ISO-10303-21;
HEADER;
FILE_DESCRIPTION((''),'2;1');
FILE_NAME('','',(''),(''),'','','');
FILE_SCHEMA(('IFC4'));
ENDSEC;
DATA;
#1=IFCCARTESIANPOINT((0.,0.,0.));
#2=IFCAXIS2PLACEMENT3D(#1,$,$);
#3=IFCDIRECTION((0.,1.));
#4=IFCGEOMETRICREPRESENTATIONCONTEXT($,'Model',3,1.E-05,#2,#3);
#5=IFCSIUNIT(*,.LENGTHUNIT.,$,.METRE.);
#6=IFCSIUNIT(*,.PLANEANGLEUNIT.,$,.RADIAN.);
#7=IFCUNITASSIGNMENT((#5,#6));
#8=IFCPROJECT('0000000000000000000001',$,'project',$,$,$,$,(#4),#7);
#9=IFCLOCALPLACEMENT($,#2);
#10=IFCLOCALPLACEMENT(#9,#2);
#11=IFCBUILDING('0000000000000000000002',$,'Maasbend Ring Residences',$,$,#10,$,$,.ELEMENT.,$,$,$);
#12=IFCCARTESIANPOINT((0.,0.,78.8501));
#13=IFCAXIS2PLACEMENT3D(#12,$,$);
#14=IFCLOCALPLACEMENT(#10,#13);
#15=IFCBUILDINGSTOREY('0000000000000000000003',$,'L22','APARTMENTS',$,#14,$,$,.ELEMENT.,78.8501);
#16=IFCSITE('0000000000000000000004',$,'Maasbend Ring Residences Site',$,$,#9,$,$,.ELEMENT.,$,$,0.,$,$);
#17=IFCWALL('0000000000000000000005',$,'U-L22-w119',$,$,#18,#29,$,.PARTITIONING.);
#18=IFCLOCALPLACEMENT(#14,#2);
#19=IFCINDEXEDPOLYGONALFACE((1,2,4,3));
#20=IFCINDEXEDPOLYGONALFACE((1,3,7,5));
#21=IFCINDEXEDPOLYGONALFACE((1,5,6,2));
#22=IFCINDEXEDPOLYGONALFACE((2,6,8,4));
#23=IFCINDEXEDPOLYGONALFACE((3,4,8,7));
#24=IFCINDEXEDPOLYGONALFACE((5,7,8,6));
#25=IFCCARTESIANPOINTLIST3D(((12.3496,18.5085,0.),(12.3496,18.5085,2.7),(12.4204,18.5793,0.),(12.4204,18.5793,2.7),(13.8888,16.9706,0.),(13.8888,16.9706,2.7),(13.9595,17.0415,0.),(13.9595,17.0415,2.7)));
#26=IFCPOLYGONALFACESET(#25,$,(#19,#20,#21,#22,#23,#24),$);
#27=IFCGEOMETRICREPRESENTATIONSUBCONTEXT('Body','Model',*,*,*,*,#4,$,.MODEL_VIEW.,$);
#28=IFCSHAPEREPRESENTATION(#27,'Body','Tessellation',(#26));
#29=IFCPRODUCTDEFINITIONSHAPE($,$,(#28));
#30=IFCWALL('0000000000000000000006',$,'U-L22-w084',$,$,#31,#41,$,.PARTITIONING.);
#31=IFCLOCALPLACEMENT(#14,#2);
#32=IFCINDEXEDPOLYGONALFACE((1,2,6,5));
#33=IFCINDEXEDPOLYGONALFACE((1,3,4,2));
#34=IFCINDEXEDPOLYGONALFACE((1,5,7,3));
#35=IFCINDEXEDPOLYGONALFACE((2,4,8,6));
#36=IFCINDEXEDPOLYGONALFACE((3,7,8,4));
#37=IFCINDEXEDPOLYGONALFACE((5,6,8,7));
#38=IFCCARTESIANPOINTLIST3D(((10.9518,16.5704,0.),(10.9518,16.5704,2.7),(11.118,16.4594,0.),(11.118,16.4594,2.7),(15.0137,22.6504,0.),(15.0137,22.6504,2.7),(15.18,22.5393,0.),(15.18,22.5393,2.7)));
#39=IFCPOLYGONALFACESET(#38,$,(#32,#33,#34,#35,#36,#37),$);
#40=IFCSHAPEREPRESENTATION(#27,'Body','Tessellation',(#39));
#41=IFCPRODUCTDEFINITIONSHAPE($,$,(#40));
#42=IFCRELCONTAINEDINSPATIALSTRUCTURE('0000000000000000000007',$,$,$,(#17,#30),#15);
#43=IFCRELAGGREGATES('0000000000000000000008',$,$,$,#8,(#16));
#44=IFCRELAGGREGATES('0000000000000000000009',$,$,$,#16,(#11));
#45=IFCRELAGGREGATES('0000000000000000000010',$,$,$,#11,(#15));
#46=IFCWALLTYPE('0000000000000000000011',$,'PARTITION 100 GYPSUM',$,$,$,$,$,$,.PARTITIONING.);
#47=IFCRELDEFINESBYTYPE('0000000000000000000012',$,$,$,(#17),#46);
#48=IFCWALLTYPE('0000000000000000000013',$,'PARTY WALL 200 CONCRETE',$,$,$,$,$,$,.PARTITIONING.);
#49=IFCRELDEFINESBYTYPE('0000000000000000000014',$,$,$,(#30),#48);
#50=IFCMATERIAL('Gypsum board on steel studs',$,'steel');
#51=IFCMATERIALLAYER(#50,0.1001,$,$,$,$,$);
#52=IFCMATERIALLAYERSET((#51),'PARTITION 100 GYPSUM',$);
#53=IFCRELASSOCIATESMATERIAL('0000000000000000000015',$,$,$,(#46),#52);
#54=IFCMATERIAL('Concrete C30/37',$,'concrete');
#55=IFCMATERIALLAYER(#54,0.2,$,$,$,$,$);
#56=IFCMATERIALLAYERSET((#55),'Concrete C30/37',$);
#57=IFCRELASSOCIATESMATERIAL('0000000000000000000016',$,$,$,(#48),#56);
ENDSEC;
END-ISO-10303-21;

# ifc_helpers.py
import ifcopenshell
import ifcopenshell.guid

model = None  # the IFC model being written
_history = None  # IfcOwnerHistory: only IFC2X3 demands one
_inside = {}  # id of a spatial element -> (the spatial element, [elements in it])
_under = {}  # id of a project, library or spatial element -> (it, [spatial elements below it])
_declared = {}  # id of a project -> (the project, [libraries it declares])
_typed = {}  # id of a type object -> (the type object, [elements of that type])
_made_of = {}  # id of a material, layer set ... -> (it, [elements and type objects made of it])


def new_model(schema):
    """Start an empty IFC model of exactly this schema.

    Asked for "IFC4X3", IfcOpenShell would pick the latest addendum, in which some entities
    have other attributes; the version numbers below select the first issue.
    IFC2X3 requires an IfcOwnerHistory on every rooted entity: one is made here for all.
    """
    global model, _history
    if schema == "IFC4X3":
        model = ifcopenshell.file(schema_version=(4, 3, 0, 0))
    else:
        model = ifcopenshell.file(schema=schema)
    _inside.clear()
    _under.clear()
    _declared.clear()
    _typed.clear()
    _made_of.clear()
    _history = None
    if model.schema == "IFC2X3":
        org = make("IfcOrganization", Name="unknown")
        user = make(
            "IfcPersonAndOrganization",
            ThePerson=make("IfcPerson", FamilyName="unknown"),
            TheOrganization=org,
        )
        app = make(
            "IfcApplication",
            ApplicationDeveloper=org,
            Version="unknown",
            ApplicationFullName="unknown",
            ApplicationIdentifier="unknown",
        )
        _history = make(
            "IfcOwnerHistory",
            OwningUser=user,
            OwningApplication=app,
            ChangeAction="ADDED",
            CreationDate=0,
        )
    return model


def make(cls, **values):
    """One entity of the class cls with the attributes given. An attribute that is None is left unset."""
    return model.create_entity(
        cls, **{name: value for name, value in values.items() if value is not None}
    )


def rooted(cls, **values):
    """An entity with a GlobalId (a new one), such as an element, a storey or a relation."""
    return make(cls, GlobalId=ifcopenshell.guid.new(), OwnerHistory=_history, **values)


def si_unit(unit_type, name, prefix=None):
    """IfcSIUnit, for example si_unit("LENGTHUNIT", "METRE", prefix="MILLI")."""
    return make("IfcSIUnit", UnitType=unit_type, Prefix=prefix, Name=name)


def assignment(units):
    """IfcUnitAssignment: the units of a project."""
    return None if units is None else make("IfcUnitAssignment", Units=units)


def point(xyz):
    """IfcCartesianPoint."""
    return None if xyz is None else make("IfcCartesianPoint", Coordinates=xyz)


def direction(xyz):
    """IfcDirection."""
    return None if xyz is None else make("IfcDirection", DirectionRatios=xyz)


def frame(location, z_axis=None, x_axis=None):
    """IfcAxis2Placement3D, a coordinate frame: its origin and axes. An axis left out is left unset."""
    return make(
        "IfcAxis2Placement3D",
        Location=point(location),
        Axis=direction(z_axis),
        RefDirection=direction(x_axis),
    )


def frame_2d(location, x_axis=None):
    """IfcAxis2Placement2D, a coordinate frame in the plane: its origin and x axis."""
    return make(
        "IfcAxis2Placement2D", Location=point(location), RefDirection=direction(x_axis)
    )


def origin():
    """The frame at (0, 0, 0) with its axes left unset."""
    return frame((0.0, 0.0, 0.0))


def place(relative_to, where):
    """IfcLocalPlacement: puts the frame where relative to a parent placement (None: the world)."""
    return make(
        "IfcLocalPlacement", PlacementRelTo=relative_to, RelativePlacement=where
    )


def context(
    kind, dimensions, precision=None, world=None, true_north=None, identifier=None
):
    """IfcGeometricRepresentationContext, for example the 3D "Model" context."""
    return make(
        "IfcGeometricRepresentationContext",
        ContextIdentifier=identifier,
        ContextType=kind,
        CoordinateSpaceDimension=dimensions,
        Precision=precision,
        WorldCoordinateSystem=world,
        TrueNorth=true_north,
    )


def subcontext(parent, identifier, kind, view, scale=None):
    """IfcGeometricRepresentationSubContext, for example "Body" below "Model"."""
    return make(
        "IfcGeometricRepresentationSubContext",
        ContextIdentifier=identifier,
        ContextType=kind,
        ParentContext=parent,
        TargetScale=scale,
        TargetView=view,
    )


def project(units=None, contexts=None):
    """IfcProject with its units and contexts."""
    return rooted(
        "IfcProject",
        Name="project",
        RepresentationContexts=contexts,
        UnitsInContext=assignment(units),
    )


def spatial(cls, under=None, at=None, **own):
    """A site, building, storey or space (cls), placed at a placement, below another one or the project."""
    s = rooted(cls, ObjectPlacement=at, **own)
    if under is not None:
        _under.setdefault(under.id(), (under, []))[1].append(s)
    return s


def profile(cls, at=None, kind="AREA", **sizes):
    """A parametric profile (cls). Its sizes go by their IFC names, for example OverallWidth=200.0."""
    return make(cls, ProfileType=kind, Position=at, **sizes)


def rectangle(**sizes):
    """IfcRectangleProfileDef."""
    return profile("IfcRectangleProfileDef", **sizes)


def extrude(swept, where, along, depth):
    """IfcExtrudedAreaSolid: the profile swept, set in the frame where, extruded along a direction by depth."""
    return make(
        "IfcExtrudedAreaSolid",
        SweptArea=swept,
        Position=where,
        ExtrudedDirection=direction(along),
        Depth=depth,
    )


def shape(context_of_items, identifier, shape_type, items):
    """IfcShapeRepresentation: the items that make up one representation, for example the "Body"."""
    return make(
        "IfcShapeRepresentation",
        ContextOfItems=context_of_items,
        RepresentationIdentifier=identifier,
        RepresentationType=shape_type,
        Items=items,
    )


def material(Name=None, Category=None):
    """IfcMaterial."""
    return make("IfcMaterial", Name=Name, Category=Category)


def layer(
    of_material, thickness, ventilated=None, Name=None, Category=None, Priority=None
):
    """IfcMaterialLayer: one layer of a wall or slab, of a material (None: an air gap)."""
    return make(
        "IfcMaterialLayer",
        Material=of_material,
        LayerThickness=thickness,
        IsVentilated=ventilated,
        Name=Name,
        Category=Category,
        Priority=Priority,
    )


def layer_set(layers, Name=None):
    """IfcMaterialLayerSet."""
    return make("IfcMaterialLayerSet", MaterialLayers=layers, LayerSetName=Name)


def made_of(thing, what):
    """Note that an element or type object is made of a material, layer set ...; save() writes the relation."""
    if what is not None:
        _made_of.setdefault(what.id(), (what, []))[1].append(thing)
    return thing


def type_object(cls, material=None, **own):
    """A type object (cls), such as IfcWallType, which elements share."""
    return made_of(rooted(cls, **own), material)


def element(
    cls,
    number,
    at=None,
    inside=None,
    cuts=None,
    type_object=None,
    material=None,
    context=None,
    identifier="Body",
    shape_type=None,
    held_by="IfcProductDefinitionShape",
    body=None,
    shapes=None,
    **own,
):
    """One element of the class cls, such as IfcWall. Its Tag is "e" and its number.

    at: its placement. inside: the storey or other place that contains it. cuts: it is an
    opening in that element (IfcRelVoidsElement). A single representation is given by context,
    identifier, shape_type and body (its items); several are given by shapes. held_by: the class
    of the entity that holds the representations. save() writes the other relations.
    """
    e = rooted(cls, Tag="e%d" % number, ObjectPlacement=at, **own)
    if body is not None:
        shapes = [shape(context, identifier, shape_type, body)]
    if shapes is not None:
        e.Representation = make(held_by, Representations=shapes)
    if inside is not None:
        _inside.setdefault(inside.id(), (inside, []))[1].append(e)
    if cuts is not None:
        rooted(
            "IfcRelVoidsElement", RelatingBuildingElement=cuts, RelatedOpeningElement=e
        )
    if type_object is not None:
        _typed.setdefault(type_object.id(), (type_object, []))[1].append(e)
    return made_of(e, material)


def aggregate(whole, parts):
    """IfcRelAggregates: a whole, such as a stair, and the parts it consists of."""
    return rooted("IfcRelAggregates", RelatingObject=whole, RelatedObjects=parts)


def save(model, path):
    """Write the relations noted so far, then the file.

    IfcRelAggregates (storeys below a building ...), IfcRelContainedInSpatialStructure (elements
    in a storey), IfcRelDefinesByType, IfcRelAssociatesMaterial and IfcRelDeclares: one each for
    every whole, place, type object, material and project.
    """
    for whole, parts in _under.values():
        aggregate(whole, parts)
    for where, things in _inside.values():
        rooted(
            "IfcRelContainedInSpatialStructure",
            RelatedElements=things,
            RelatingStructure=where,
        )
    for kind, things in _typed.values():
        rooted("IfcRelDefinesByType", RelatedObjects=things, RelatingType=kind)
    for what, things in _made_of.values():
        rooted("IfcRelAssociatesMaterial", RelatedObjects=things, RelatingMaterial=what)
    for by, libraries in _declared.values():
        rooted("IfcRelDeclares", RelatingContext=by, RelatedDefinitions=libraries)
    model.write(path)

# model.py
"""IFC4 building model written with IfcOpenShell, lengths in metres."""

from ifc_helpers import new_model, si_unit, direction, frame, frame_2d, origin, place, context, subcontext, project, spatial, rectangle, extrude, material, layer, layer_set, type_object, element, save


model = new_model("IFC4")

# Units and contexts
model_context = context("Model", 3, precision=1e-05, world=origin(), true_north=direction((0.0, 1.0)))
body_context = subcontext(model_context, "Body", "Model", "MODEL_VIEW")
ifc_project = project(units=[si_unit("LENGTHUNIT", "METRE"), si_unit("PLANEANGLEUNIT", "RADIAN")], contexts=[model_context])

# Site, building, storey
site_placement = place(None, origin())
site = spatial("IfcSite", under=ifc_project, at=site_placement, Name="Maasbend Ring Residences Site", CompositionType="ELEMENT", RefElevation=0.0)
building_placement = place(site_placement, origin())
building = spatial("IfcBuilding", under=site, at=building_placement, Name="Maasbend Ring Residences", CompositionType="ELEMENT")
storey_placement = place(building_placement, frame((0.0, 0.0, 78.8501)))
storey = spatial("IfcBuildingStorey", under=building, at=storey_placement, Name="L22", Description="APARTMENTS", CompositionType="ELEMENT", Elevation=78.8501)

# Shared definitions
ifc_material_1 = material(Name="Gypsum board on steel studs", Category="steel")
ifc_layer_1 = layer(ifc_material_1, 0.1001)
ifc_layer_set_1 = layer_set([ifc_layer_1], Name="PARTITION 100 GYPSUM")
wall_type_1 = type_object("IfcWallType", Name="PARTITION 100 GYPSUM", PredefinedType="PARTITIONING", material=ifc_layer_set_1)

# Walls
wall_1_placement = place(storey_placement, frame((12.385, 18.5439, 0.0), z_axis=(0.0, 0.0, 1.0), x_axis=(0.707387, -0.706826, 0.0)))
element("IfcWall", 1, at=wall_1_placement, inside=storey, type_object=wall_type_1, Name="U-L22-w119", PredefinedType="PARTITIONING", context=body_context, shape_type="SweptSolid", body=[
    extrude(rectangle(XDim=2.1758, YDim=0.1001, at=frame_2d((1.0879, 0.0))), origin(), (0.0, 0.0, 1.0), 2.7),
])
ifc_material_2 = material(Name="Concrete C30/37", Category="concrete")
ifc_layer_2 = layer(ifc_material_2, 0.2)
ifc_layer_set_2 = layer_set([ifc_layer_2], Name="Concrete C30/37")
wall_type_2 = type_object("IfcWallType", Name="PARTY WALL 200 CONCRETE", PredefinedType="PARTITIONING", material=ifc_layer_set_2)
wall_2_placement = place(storey_placement, frame((11.0349, 16.5149, 0.0), z_axis=(0.0, 0.0, 1.0), x_axis=(0.555517, 0.831505, 0.0)))
element("IfcWall", 2, at=wall_2_placement, inside=storey, type_object=wall_type_2, Name="U-L22-w084", PredefinedType="PARTITIONING", context=body_context, shape_type="SweptSolid", body=[
    extrude(rectangle(XDim=7.312, YDim=0.2, at=frame_2d((3.656, 0.0))), origin(), (0.0, 0.0, 1.0), 2.7),
])

save(model, "model.ifc")
